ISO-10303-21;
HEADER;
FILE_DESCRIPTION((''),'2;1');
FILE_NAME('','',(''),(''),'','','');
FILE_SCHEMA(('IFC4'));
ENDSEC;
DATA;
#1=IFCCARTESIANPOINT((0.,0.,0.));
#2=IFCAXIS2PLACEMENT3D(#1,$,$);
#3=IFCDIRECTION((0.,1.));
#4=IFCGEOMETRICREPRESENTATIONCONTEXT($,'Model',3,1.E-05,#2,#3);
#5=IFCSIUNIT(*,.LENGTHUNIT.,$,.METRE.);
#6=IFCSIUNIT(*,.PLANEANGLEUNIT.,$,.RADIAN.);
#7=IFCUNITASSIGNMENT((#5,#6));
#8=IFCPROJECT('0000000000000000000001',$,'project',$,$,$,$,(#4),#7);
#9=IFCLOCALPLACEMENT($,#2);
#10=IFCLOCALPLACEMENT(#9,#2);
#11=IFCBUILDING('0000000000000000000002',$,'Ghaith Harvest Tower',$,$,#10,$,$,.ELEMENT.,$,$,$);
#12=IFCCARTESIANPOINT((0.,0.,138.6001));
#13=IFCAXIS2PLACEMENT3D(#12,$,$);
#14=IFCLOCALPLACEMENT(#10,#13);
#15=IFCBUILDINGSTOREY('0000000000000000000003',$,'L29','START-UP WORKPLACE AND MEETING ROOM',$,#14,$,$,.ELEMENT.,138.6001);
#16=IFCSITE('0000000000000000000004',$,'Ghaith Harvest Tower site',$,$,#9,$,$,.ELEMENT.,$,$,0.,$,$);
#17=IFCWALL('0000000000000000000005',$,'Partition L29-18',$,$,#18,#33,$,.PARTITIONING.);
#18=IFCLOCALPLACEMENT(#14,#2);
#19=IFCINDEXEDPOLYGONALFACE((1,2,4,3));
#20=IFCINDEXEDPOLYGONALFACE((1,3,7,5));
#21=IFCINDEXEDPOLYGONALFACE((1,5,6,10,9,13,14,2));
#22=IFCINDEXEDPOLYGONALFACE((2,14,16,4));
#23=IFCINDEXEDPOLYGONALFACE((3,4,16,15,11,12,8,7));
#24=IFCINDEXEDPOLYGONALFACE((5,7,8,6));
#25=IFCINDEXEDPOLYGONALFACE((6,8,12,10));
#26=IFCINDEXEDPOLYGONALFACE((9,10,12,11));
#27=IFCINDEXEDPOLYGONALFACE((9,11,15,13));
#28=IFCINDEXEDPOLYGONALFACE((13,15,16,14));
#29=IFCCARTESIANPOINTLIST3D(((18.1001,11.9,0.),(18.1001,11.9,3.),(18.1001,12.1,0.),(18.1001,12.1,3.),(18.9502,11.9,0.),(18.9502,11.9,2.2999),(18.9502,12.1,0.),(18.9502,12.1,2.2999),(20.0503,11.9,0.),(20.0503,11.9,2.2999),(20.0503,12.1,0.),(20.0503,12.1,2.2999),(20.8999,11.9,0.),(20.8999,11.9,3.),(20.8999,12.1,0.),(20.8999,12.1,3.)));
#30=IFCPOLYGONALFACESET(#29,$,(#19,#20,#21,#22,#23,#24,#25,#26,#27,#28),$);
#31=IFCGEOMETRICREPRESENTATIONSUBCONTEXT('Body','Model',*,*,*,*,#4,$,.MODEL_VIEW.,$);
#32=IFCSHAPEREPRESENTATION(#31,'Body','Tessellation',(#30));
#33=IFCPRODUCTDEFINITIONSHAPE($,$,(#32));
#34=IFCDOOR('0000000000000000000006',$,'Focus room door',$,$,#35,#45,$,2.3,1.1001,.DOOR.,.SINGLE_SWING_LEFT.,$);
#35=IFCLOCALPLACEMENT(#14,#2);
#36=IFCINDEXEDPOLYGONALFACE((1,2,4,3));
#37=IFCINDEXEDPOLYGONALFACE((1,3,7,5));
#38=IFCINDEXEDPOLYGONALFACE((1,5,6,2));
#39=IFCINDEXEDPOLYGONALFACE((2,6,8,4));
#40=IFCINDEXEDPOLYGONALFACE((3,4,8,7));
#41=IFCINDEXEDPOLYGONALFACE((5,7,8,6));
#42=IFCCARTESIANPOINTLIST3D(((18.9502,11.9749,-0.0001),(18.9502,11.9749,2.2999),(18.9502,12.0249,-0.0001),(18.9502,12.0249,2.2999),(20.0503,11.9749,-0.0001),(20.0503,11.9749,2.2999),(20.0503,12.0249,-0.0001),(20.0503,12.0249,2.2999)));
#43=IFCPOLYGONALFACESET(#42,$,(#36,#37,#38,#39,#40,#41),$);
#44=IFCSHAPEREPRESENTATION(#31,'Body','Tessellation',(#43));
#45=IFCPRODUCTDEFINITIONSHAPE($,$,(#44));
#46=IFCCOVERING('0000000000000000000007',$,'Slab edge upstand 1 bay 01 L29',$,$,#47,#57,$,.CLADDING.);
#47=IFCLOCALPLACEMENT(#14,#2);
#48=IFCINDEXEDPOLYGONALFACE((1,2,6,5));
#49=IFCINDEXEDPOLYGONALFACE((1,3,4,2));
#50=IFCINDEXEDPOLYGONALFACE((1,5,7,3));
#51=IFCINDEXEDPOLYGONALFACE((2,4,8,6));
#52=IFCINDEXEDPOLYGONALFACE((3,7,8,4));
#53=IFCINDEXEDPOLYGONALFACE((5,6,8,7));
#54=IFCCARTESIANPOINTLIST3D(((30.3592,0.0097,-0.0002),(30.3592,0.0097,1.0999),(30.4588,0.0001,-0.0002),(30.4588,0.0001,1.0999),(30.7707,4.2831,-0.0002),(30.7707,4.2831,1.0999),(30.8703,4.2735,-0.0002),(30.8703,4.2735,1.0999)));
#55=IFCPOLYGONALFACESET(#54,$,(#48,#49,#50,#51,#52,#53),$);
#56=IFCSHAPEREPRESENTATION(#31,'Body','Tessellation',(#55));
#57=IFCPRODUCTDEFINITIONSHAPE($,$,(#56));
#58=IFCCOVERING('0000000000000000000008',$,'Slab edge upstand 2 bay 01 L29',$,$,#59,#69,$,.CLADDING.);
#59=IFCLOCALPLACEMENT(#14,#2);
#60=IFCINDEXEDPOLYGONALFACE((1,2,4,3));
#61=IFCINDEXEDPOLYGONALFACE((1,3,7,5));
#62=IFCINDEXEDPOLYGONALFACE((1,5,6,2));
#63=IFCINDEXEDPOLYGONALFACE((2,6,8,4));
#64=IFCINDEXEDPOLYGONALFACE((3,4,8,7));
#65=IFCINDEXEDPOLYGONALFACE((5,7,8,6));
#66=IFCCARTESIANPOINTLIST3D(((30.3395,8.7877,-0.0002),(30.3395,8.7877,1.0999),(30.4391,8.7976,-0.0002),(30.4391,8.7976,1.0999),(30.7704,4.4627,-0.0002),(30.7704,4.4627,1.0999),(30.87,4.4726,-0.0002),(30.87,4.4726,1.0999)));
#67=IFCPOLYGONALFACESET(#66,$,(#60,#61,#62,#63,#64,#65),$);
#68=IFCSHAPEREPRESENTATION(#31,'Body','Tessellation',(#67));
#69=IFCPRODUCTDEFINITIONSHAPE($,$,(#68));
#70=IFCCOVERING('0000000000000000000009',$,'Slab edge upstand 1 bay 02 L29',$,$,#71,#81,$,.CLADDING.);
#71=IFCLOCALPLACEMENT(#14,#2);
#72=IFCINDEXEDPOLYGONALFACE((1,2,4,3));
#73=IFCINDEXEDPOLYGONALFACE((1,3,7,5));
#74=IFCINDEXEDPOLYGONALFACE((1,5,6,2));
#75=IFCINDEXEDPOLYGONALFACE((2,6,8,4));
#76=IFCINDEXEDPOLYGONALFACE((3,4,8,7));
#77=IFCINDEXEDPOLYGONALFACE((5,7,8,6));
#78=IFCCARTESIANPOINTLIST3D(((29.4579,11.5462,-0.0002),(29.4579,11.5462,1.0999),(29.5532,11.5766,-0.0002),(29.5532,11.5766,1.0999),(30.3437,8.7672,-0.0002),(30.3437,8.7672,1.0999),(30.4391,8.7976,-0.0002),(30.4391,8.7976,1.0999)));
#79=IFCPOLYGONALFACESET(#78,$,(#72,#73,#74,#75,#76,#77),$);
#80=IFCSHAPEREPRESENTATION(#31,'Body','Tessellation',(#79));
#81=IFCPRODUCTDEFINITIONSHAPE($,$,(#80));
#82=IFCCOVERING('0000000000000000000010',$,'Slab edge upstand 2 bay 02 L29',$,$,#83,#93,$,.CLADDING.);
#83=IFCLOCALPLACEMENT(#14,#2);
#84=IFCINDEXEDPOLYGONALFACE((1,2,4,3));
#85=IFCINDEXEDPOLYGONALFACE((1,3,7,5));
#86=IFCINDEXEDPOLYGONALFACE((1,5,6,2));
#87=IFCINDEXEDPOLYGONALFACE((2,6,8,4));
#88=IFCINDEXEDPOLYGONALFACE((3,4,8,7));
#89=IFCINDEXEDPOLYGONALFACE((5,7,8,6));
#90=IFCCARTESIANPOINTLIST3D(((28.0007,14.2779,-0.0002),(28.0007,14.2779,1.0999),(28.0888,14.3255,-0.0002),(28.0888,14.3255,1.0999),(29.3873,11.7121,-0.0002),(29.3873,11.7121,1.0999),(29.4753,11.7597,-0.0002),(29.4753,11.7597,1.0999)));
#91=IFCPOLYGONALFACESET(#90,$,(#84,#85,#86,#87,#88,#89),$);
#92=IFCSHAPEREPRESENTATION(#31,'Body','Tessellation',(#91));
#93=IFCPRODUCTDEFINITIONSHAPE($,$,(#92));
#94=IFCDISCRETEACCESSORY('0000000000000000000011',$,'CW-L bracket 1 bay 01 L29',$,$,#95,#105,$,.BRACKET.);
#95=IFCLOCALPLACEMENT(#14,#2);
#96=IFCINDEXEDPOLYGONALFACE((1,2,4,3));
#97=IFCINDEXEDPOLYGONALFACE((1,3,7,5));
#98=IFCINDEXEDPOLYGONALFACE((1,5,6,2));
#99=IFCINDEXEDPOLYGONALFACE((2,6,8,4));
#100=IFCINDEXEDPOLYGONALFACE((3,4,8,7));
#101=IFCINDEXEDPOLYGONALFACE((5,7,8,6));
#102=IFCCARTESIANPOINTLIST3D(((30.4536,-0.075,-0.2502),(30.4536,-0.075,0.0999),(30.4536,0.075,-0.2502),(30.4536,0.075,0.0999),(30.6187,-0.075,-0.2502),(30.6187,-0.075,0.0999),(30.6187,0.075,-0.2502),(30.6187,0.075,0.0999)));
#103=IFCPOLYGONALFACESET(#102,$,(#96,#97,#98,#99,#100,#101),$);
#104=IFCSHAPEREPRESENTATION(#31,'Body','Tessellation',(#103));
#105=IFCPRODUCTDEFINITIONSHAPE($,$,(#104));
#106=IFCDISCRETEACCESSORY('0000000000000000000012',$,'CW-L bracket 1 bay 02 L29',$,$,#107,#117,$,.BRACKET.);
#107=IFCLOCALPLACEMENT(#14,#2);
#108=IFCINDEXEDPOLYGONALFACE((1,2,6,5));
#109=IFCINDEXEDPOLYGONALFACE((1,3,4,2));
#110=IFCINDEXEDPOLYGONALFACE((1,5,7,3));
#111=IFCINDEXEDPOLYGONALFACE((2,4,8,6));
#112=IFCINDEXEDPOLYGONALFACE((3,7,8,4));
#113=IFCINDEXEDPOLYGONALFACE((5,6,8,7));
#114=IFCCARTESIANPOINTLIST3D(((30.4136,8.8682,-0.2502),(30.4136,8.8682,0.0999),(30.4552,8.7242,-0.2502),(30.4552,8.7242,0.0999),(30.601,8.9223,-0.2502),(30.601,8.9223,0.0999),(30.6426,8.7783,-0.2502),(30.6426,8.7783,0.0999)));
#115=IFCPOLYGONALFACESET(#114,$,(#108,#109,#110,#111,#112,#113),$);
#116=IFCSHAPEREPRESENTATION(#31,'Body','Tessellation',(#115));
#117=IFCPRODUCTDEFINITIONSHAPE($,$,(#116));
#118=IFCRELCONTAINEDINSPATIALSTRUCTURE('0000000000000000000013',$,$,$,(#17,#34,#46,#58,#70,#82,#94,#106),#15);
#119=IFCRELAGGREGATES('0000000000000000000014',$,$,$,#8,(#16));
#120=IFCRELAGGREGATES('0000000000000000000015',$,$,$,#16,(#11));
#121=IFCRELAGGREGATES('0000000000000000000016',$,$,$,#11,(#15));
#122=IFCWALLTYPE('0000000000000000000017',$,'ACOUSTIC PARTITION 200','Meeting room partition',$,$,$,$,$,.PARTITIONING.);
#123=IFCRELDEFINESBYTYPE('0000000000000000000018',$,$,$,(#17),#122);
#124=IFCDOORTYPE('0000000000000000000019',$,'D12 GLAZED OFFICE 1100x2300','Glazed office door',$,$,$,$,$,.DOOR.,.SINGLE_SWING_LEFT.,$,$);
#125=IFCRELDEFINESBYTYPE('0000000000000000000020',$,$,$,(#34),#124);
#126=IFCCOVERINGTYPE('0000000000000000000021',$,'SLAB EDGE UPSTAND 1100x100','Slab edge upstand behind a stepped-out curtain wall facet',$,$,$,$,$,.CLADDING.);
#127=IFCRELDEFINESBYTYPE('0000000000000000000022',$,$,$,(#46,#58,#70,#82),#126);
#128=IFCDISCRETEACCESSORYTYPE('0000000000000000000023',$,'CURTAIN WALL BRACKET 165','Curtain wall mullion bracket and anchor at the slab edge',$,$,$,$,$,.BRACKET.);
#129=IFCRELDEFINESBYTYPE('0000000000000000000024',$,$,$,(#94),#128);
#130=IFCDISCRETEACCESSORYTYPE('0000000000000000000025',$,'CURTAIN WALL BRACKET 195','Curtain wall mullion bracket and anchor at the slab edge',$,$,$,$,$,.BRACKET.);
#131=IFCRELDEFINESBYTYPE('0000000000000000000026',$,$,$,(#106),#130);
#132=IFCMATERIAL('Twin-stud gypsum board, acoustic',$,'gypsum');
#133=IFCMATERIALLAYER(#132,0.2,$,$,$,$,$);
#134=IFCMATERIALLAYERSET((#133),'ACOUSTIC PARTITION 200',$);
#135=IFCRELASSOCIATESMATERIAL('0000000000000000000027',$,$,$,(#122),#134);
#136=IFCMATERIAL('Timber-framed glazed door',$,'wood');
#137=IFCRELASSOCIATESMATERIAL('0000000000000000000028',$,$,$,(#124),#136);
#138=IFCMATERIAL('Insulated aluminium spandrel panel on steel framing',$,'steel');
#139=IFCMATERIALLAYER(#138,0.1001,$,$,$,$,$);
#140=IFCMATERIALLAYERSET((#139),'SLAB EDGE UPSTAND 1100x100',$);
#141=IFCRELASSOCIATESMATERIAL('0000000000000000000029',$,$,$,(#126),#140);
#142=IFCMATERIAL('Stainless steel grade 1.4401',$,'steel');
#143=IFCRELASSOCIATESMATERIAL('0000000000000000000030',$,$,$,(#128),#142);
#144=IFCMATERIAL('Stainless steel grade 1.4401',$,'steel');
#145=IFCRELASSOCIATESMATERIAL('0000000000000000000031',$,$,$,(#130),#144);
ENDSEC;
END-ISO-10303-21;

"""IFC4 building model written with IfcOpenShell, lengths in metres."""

from ifc_helpers import new_model, si_unit, direction, frame, frame_2d, origin, origin_2d, place, context, subcontext, project, spatial, rectangle, extrude, material, layer, layer_set, type_object, element, fill, save


model = new_model("IFC4")

# Units and contexts
model_context = context("Model", 3, precision=1e-05, world=origin(), true_north=direction((0.0, 1.0)))
body_context = subcontext(model_context, "Body", "Model", "MODEL_VIEW")
ifc_project = project(units=[si_unit("LENGTHUNIT", "METRE"), si_unit("PLANEANGLEUNIT", "RADIAN")], contexts=[model_context])

# Site, building, storey
site_placement = place(None, origin())
site = spatial("IfcSite", under=ifc_project, at=site_placement, Name="Ghaith Harvest Tower site", CompositionType="ELEMENT", RefElevation=0.0)
building_placement = place(site_placement, origin())
building = spatial("IfcBuilding", under=site, at=building_placement, Name="Ghaith Harvest Tower", CompositionType="ELEMENT")
storey_placement = place(building_placement, frame((0.0, 0.0, 138.6001)))
storey = spatial("IfcBuildingStorey", under=building, at=storey_placement, Name="L29", Description="START-UP WORKPLACE AND MEETING ROOM", CompositionType="ELEMENT", Elevation=138.6001)

# Shared definitions
ifc_material_1 = material(Name="Twin-stud gypsum board, acoustic", Category="gypsum")
ifc_layer_1 = layer(ifc_material_1, 0.2)
ifc_layer_set_1 = layer_set([ifc_layer_1], Name="ACOUSTIC PARTITION 200")
wall_type_1 = type_object("IfcWallType", Name="ACOUSTIC PARTITION 200", Description="Meeting room partition", PredefinedType="PARTITIONING", material=ifc_layer_set_1)

# Wall, opening, door
ifc_material_2 = material(Name="Timber-framed glazed door", Category="wood")
door_type_1 = type_object("IfcDoorType", Name="D12 GLAZED OFFICE 1100x2300", Description="Glazed office door", OperationType="SINGLE_SWING_LEFT", PredefinedType="DOOR", material=ifc_material_2)
wall_1_placement = place(storey_placement, frame((18.1001, 12.0, 0.0), z_axis=(0.0, 0.0, 1.0), x_axis=(1.0, 0.0, 0.0)))
wall_1 = element("IfcWall", 1, at=wall_1_placement, inside=storey, type_object=wall_type_1, Name="Partition L29-18", PredefinedType="PARTITIONING", context=body_context, shape_type="SweptSolid", body=[
    extrude(rectangle(XDim=2.7998, YDim=0.2, at=frame_2d((1.3999, 0.0))), origin(), (0.0, 0.0, 1.0), 3.0),
])
opening_1_placement = place(wall_1_placement, frame((0.8501, 0.0, 0.0)))
opening_1 = element("IfcOpeningElement", 2, at=opening_1_placement, cuts=wall_1, PredefinedType="OPENING", context=body_context, shape_type="SweptSolid", body=[
    extrude(rectangle(XDim=1.1001, YDim=2.3, at=frame_2d((0.55, 1.1499))), frame((0.0, 0.1099, 0.0), z_axis=(0.0, -1.0, 0.0), x_axis=(1.0, 0.0, 0.0)), (0.0, 0.0, 1.0), 0.22),
])
door_1_placement = place(opening_1_placement, origin())
door_1 = element("IfcDoor", 3, at=door_1_placement, inside=storey, type_object=door_type_1, Name="Focus room door", OperationType="SINGLE_SWING_LEFT", OverallHeight=2.3, OverallWidth=1.1001, PredefinedType="DOOR", context=body_context, shape_type="SweptSolid", body=[
    extrude(rectangle(XDim=1.1001, YDim=2.3, at=frame_2d((0.55, 1.1499))), frame((0.0, 0.0249, 0.0), z_axis=(0.0, -1.0, 0.0), x_axis=(1.0, 0.0, 0.0)), (0.0, 0.0, 1.0), 0.05),
])
fill(opening_1, door_1)

# Coverings
ifc_material_3 = material(Name="Insulated aluminium spandrel panel on steel framing", Category="steel")
ifc_layer_2 = layer(ifc_material_3, 0.1001)
ifc_layer_set_2 = layer_set([ifc_layer_2], Name="SLAB EDGE UPSTAND 1100x100")
covering_type = type_object("IfcCoveringType", Name="SLAB EDGE UPSTAND 1100x100", Description="Slab edge upstand behind a stepped-out curtain wall facet", PredefinedType="CLADDING", material=ifc_layer_set_2)
covering_1_placement = place(storey_placement, frame((30.6147, 2.1416, -0.0002), z_axis=(0.0, 0.0, 1.0), x_axis=(0.095861, 0.995395, 0.0)))
element("IfcCovering", 4, at=covering_1_placement, inside=storey, type_object=covering_type, Name="Slab edge upstand 1 bay 01 L29", PredefinedType="CLADDING", context=body_context, shape_type="SweptSolid", body=[
    extrude(rectangle(XDim=4.2932, YDim=0.1001, at=origin_2d()), origin(), (0.0, 0.0, 1.0), 1.1001),
])
covering_2_placement = place(storey_placement, frame((30.6047, 6.6301, -0.0002), z_axis=(0.0, 0.0, 1.0), x_axis=(-0.099132, 0.995074, 0.0)))
element("IfcCovering", 5, at=covering_2_placement, inside=storey, type_object=covering_type, Name="Slab edge upstand 2 bay 01 L29", PredefinedType="CLADDING", context=body_context, shape_type="SweptSolid", body=[
    extrude(rectangle(XDim=4.3464, YDim=0.1001, at=origin_2d()), origin(), (0.0, 0.0, 1.0), 1.1001),
])
covering_3_placement = place(storey_placement, frame((29.9485, 10.1719, -0.0002), z_axis=(0.0, 0.0, 1.0), x_axis=(-0.303717, 0.952762, 0.0)))
element("IfcCovering", 6, at=covering_3_placement, inside=storey, type_object=covering_type, Name="Slab edge upstand 1 bay 02 L29", PredefinedType="CLADDING", context=body_context, shape_type="SweptSolid", body=[
    extrude(rectangle(XDim=2.9167, YDim=0.1001, at=origin_2d()), origin(), (0.0, 0.0, 1.0), 1.1001),
])
covering_4_placement = place(storey_placement, frame((28.738, 13.0188, -0.0002), z_axis=(0.0, 0.0, 1.0), x_axis=(-0.475409, 0.879765, 0.0)))
element("IfcCovering", 7, at=covering_4_placement, inside=storey, type_object=covering_type, Name="Slab edge upstand 2 bay 02 L29", PredefinedType="CLADDING", context=body_context, shape_type="SweptSolid", body=[
    extrude(rectangle(XDim=2.9165, YDim=0.1001, at=origin_2d()), origin(), (0.0, 0.0, 1.0), 1.1001),
])

# Discrete accessories
ifc_material_4 = material(Name="Stainless steel grade 1.4401", Category="steel")
discrete_accessory_type_1 = type_object("IfcDiscreteAccessoryType", Name="CURTAIN WALL BRACKET 165", Description="Curtain wall mullion bracket and anchor at the slab edge", PredefinedType="BRACKET", material=ifc_material_4)
discrete_accessory_1_placement = place(storey_placement, frame((30.5361, 0.0, -0.2502), z_axis=(0.0, 0.0, 1.0), x_axis=(1.0, 0.0, 0.0)))
element("IfcDiscreteAccessory", 8, at=discrete_accessory_1_placement, inside=storey, type_object=discrete_accessory_type_1, Name="CW-L bracket 1 bay 01 L29", PredefinedType="BRACKET", context=body_context, shape_type="SweptSolid", body=[
    extrude(rectangle(XDim=0.165, YDim=0.1499, at=origin_2d()), origin(), (0.0, 0.0, 1.0), 0.3501),
])
ifc_material_5 = material(Name="Stainless steel grade 1.4401", Category="steel")
discrete_accessory_type_2 = type_object("IfcDiscreteAccessoryType", Name="CURTAIN WALL BRACKET 195", Description="Curtain wall mullion bracket and anchor at the slab edge", PredefinedType="BRACKET", material=ifc_material_5)
discrete_accessory_2_placement = place(storey_placement, frame((30.5281, 8.8232, -0.2502), z_axis=(0.0, 0.0, 1.0), x_axis=(0.96068, 0.277657, 0.0)))
element("IfcDiscreteAccessory", 9, at=discrete_accessory_2_placement, inside=storey, type_object=discrete_accessory_type_2, Name="CW-L bracket 1 bay 02 L29", PredefinedType="BRACKET", context=body_context, shape_type="SweptSolid", body=[
    extrude(rectangle(XDim=0.1951, YDim=0.1499, at=origin_2d()), origin(), (0.0, 0.0, 1.0), 0.3501),
])

save(model, "model.ifc")
